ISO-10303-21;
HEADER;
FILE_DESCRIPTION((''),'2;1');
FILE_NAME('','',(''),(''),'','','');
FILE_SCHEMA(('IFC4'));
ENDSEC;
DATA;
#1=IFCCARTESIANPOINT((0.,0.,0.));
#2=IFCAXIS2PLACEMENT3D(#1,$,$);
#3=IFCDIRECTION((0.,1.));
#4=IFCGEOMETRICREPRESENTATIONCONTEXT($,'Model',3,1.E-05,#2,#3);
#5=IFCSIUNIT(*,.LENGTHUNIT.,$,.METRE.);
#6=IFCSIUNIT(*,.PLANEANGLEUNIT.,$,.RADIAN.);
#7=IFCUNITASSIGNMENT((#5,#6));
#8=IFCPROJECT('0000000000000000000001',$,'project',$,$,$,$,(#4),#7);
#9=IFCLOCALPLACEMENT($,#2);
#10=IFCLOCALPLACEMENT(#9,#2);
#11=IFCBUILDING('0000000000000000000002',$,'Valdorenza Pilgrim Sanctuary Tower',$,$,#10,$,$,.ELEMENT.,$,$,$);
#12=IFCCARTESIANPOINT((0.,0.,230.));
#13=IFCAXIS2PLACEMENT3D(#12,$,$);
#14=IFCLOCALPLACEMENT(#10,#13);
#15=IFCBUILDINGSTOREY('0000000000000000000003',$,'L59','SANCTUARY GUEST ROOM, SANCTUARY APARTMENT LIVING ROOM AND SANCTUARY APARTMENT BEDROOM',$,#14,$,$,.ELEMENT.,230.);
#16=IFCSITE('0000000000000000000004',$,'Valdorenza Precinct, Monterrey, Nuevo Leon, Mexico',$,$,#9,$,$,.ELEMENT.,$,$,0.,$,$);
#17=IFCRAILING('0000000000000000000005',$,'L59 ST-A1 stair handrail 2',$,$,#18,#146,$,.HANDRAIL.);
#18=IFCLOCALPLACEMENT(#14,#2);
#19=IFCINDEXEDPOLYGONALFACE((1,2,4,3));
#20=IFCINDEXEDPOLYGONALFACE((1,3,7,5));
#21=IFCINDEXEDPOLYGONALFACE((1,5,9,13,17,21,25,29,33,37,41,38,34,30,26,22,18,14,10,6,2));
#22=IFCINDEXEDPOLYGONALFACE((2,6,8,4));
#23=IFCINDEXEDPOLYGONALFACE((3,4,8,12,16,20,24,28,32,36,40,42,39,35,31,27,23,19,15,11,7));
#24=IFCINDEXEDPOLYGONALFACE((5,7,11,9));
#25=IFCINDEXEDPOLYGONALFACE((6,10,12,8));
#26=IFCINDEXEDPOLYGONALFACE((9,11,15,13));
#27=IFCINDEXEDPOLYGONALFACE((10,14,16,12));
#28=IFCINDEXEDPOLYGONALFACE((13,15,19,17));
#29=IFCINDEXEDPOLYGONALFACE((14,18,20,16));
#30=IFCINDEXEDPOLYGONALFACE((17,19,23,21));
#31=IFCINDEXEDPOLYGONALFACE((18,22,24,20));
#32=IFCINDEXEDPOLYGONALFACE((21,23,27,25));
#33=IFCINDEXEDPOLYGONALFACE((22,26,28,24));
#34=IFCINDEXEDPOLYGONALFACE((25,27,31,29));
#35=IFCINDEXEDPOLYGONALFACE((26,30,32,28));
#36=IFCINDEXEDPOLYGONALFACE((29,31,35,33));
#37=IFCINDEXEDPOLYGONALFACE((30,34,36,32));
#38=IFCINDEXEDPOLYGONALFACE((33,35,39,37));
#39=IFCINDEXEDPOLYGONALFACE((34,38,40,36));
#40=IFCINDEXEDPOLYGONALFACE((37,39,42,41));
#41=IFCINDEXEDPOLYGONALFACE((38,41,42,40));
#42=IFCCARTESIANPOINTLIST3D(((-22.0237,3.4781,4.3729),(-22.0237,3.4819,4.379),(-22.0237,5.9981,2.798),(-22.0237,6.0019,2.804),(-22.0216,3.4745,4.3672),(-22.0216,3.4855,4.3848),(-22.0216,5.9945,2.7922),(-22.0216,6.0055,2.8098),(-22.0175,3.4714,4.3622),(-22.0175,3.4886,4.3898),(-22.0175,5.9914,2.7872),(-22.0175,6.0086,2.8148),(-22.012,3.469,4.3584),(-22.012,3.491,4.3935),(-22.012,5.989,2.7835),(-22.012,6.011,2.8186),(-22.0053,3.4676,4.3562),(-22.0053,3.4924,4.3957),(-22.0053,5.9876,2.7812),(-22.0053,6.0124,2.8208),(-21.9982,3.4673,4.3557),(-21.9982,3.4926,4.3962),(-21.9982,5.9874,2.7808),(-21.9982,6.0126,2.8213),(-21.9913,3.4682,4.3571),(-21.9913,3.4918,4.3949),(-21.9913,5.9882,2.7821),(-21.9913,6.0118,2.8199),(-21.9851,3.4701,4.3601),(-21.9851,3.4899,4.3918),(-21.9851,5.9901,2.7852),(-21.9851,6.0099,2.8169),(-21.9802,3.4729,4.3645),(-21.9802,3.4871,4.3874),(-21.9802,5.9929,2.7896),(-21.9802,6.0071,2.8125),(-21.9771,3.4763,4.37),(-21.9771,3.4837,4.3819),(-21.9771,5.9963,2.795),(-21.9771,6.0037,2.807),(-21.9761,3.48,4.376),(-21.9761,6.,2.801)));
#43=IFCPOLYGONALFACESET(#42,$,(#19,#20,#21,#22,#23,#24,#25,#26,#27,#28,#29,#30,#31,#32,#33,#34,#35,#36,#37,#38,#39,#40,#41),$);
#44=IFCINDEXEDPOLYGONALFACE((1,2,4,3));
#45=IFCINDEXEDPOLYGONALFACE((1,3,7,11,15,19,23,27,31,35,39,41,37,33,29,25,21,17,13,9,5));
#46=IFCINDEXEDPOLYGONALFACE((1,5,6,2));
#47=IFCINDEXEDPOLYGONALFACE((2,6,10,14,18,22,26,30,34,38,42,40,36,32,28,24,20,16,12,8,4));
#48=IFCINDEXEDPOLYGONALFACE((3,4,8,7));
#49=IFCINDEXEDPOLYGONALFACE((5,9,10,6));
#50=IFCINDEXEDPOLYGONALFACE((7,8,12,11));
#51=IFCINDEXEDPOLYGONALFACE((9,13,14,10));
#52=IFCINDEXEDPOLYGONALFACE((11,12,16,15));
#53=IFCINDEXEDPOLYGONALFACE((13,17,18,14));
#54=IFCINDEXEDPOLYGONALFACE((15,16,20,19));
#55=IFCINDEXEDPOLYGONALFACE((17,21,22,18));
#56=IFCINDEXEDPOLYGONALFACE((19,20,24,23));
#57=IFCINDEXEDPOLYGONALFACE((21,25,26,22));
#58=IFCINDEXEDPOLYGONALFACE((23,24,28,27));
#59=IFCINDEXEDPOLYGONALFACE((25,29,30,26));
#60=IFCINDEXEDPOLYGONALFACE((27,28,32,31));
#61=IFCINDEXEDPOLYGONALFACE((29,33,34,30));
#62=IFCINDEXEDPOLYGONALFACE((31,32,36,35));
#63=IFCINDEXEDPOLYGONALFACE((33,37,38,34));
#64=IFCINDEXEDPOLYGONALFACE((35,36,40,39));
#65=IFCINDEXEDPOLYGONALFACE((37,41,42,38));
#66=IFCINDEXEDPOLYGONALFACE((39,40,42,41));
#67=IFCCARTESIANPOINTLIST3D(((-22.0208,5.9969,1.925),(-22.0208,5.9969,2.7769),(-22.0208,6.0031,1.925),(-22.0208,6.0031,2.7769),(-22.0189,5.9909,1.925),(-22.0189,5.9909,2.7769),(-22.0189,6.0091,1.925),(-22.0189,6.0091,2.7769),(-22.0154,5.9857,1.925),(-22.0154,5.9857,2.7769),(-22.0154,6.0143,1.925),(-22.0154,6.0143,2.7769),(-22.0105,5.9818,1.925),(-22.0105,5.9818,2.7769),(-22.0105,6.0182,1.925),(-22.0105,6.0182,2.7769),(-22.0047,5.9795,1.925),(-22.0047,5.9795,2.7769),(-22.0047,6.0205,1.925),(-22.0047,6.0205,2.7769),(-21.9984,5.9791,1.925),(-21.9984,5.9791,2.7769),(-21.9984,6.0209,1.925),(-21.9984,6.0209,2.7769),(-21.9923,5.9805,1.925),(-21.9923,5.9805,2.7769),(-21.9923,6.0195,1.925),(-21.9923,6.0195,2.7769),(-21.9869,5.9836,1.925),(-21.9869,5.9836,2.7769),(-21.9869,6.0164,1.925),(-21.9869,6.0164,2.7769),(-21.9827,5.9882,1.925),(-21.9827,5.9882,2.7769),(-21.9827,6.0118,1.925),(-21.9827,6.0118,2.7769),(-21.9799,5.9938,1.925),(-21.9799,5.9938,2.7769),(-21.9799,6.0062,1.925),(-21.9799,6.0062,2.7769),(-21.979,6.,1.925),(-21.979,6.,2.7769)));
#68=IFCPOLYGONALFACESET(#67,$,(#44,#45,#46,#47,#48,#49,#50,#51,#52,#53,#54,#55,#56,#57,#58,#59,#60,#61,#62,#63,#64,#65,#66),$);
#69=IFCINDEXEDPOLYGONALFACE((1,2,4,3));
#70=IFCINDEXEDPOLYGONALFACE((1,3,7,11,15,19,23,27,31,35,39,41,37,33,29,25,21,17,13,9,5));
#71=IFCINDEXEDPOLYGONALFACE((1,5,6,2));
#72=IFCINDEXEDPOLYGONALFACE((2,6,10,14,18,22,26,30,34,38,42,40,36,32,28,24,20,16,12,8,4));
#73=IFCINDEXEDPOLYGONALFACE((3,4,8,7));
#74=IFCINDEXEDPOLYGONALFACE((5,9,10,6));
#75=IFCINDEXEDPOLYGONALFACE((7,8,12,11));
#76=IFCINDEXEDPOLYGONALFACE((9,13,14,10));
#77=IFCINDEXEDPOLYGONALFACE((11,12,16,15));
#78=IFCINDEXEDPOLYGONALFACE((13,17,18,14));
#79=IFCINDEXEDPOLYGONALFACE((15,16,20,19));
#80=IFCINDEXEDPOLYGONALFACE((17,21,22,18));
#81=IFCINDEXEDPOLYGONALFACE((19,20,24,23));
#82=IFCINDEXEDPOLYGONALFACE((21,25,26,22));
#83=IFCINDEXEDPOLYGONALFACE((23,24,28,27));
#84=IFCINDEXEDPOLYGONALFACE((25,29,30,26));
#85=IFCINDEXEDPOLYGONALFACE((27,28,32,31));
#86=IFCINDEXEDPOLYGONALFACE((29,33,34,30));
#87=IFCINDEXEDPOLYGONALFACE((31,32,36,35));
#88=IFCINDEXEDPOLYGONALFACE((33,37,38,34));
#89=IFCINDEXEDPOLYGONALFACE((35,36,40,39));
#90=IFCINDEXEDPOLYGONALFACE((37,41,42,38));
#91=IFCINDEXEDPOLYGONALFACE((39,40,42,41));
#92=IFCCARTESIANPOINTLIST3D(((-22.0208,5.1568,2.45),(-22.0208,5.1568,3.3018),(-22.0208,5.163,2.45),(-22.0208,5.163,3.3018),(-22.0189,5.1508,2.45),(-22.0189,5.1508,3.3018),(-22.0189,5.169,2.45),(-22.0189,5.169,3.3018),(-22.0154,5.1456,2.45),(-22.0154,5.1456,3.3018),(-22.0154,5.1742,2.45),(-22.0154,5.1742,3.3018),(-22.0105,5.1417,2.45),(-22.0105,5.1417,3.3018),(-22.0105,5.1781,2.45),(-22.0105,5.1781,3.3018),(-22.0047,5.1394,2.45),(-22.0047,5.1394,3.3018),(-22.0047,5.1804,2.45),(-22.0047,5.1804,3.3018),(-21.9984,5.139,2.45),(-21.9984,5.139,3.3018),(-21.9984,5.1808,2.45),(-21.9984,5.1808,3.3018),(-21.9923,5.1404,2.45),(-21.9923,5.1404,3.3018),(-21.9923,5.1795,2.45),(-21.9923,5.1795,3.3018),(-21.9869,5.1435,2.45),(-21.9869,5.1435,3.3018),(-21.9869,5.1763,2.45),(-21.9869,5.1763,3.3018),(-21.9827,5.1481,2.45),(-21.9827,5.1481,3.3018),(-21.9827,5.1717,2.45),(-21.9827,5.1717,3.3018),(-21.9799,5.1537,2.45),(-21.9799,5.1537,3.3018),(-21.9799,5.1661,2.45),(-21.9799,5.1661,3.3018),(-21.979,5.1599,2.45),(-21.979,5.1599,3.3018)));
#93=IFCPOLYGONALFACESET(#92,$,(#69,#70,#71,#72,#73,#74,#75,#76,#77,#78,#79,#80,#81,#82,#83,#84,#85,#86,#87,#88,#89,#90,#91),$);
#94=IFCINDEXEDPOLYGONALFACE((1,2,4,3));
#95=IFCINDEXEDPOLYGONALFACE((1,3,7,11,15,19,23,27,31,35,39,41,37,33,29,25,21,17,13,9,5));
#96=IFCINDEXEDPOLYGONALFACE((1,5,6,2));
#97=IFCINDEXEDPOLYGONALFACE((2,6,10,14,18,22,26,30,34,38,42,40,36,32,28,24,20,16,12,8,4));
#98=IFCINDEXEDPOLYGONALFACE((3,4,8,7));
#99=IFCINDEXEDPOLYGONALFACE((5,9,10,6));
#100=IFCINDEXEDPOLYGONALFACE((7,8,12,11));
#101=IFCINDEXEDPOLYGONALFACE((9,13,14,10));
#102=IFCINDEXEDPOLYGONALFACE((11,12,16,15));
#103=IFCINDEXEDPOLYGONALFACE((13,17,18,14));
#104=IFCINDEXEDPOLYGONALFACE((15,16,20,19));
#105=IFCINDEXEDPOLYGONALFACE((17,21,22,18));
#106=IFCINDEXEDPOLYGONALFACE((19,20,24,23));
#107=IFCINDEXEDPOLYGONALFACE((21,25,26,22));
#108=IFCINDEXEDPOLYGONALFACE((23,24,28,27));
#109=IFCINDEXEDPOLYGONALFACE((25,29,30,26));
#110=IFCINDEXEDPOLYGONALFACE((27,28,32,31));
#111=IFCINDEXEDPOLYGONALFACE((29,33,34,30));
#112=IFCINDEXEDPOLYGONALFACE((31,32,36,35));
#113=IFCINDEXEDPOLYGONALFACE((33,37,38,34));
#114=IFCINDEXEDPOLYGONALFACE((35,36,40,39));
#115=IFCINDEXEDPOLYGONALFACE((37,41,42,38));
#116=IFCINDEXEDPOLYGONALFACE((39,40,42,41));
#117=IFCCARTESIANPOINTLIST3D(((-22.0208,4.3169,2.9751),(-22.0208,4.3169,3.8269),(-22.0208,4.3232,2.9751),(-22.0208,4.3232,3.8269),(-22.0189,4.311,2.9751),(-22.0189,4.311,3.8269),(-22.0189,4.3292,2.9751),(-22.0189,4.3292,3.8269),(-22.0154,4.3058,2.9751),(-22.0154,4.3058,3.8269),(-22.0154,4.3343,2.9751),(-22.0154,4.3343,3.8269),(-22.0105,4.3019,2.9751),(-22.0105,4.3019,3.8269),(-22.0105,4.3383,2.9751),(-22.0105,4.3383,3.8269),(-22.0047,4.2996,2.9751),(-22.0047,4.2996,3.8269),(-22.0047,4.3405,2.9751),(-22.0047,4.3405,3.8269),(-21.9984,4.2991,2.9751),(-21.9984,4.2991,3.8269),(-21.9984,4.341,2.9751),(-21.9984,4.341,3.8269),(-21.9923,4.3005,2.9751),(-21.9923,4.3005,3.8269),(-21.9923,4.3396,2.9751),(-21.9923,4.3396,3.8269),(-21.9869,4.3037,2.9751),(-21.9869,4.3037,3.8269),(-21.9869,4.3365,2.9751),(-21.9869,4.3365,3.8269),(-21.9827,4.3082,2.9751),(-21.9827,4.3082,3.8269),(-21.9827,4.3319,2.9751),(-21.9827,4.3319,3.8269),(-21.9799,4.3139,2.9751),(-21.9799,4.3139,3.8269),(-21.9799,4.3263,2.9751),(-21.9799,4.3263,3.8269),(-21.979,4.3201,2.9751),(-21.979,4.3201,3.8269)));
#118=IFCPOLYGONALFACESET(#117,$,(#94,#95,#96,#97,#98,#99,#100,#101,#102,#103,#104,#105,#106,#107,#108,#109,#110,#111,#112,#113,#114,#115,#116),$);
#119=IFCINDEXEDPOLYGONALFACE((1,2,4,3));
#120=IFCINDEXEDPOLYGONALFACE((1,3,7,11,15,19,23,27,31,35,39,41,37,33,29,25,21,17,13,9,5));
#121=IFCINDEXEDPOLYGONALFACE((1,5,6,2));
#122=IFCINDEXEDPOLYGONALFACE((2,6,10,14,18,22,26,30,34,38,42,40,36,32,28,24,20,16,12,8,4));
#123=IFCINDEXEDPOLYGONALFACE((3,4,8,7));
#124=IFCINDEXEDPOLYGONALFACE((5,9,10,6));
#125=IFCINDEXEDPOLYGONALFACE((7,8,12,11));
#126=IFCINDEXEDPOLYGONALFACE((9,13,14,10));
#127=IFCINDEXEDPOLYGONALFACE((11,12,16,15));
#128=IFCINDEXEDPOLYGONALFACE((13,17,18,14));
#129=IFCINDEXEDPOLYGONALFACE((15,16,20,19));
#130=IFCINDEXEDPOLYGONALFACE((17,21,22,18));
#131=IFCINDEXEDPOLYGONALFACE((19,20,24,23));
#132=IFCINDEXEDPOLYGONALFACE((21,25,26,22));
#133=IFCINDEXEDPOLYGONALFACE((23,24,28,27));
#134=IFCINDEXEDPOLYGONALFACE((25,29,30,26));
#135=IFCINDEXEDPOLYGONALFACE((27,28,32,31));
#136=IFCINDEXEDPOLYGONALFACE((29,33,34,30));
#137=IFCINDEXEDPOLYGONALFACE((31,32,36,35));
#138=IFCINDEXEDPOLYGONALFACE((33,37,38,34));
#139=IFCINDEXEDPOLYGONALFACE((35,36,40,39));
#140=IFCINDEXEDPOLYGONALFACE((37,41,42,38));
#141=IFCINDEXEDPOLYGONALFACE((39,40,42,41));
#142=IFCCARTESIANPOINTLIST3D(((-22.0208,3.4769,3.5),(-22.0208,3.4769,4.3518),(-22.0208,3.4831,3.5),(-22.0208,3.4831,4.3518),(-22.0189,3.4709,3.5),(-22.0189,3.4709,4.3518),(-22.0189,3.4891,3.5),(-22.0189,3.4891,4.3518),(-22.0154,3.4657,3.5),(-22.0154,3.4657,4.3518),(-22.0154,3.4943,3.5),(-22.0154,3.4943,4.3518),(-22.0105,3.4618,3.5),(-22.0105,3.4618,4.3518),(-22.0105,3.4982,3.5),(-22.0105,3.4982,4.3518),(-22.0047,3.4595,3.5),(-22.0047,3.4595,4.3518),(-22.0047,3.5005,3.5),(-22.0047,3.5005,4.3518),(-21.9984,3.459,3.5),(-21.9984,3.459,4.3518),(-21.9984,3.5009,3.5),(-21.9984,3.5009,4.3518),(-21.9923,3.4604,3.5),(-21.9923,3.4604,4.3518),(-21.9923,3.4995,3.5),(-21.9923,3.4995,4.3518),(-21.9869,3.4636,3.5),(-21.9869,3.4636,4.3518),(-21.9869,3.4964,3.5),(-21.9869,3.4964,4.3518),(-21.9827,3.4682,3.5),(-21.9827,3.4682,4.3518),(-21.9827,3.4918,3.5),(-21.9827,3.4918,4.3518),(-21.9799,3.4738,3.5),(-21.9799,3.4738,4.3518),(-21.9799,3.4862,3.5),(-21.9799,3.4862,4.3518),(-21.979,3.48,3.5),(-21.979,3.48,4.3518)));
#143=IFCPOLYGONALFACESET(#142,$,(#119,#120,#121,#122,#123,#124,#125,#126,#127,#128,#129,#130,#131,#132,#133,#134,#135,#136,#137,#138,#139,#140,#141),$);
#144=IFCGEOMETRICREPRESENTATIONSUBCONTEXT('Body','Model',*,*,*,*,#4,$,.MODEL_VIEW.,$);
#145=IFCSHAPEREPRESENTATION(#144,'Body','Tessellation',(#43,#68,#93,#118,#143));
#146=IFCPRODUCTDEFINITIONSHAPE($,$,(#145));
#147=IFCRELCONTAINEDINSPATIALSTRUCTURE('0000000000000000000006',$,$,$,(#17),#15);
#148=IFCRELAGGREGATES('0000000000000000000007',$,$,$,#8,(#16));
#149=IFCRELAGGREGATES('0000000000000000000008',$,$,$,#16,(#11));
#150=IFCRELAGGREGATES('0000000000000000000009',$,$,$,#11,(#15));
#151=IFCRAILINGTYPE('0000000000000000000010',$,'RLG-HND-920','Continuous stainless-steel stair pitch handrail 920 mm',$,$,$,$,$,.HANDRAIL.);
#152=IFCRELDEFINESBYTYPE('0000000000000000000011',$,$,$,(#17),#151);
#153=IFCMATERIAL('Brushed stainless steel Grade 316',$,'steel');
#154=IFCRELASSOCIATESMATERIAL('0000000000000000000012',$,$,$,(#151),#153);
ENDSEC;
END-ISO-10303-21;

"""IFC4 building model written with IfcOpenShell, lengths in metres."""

from ifc_helpers import new_model, si_unit, direction, frame, origin, origin_2d, place, context, subcontext, project, spatial, circle, extrude, material, type_object, element, save


model = new_model("IFC4")

# Units and contexts
model_context = context("Model", 3, precision=1e-05, world=origin(), true_north=direction((0.0, 1.0)))
body_context = subcontext(model_context, "Body", "Model", "MODEL_VIEW")
ifc_project = project(units=[si_unit("LENGTHUNIT", "METRE"), si_unit("PLANEANGLEUNIT", "RADIAN")], contexts=[model_context])

# Site, building, storey
site_placement = place(None, origin())
site = spatial("IfcSite", under=ifc_project, at=site_placement, Name="Valdorenza Precinct, Monterrey, Nuevo Leon, Mexico", CompositionType="ELEMENT", RefElevation=0.0)
building_placement = place(site_placement, origin())
building = spatial("IfcBuilding", under=site, at=building_placement, Name="Valdorenza Pilgrim Sanctuary Tower", CompositionType="ELEMENT")
storey_placement = place(building_placement, frame((0.0, 0.0, 230.0)))
storey = spatial("IfcBuildingStorey", under=building, at=storey_placement, Name="L59", Description="SANCTUARY GUEST ROOM, SANCTUARY APARTMENT LIVING ROOM AND SANCTUARY APARTMENT BEDROOM", CompositionType="ELEMENT", Elevation=230.0)

# Shared definitions
ifc_material_1 = material(Name="Brushed stainless steel Grade 316", Category="steel")

# Railing
railing_type_1 = type_object("IfcRailingType", Name="RLG-HND-920", Description="Continuous stainless-steel stair pitch handrail 920 mm", PredefinedType="HANDRAIL", material=ifc_material_1)
railing_1_placement = place(storey_placement, frame((-22.0, 6.0, 1.925)))
element("IfcRailing", 1, at=railing_1_placement, inside=storey, type_object=railing_type_1, Name="L59 ST-A1 stair handrail 2", PredefinedType="HANDRAIL", context=body_context, shape_type="SweptSolid", body=[
    extrude(circle(Radius=0.0239, at=origin_2d()), frame((0.0, 0.0, 0.876), z_axis=(0.0, -0.848008, 0.529984), x_axis=(1.0, 0.0, 0.0)), (0.0, 0.0, 1.0), 2.9717),
    extrude(circle(Radius=0.021, at=origin_2d()), origin(), (0.0, 0.0, 1.0), 0.8518),
    extrude(circle(Radius=0.021, at=origin_2d()), frame((0.0, -0.8401, 0.5249)), (0.0, 0.0, 1.0), 0.8518),
    extrude(circle(Radius=0.021, at=origin_2d()), frame((0.0, -1.6799, 1.05)), (0.0, 0.0, 1.0), 0.8518),
    extrude(circle(Radius=0.021, at=origin_2d()), frame((0.0, -2.52, 1.575)), (0.0, 0.0, 1.0), 0.8518),
])

save(model, "model.ifc")
